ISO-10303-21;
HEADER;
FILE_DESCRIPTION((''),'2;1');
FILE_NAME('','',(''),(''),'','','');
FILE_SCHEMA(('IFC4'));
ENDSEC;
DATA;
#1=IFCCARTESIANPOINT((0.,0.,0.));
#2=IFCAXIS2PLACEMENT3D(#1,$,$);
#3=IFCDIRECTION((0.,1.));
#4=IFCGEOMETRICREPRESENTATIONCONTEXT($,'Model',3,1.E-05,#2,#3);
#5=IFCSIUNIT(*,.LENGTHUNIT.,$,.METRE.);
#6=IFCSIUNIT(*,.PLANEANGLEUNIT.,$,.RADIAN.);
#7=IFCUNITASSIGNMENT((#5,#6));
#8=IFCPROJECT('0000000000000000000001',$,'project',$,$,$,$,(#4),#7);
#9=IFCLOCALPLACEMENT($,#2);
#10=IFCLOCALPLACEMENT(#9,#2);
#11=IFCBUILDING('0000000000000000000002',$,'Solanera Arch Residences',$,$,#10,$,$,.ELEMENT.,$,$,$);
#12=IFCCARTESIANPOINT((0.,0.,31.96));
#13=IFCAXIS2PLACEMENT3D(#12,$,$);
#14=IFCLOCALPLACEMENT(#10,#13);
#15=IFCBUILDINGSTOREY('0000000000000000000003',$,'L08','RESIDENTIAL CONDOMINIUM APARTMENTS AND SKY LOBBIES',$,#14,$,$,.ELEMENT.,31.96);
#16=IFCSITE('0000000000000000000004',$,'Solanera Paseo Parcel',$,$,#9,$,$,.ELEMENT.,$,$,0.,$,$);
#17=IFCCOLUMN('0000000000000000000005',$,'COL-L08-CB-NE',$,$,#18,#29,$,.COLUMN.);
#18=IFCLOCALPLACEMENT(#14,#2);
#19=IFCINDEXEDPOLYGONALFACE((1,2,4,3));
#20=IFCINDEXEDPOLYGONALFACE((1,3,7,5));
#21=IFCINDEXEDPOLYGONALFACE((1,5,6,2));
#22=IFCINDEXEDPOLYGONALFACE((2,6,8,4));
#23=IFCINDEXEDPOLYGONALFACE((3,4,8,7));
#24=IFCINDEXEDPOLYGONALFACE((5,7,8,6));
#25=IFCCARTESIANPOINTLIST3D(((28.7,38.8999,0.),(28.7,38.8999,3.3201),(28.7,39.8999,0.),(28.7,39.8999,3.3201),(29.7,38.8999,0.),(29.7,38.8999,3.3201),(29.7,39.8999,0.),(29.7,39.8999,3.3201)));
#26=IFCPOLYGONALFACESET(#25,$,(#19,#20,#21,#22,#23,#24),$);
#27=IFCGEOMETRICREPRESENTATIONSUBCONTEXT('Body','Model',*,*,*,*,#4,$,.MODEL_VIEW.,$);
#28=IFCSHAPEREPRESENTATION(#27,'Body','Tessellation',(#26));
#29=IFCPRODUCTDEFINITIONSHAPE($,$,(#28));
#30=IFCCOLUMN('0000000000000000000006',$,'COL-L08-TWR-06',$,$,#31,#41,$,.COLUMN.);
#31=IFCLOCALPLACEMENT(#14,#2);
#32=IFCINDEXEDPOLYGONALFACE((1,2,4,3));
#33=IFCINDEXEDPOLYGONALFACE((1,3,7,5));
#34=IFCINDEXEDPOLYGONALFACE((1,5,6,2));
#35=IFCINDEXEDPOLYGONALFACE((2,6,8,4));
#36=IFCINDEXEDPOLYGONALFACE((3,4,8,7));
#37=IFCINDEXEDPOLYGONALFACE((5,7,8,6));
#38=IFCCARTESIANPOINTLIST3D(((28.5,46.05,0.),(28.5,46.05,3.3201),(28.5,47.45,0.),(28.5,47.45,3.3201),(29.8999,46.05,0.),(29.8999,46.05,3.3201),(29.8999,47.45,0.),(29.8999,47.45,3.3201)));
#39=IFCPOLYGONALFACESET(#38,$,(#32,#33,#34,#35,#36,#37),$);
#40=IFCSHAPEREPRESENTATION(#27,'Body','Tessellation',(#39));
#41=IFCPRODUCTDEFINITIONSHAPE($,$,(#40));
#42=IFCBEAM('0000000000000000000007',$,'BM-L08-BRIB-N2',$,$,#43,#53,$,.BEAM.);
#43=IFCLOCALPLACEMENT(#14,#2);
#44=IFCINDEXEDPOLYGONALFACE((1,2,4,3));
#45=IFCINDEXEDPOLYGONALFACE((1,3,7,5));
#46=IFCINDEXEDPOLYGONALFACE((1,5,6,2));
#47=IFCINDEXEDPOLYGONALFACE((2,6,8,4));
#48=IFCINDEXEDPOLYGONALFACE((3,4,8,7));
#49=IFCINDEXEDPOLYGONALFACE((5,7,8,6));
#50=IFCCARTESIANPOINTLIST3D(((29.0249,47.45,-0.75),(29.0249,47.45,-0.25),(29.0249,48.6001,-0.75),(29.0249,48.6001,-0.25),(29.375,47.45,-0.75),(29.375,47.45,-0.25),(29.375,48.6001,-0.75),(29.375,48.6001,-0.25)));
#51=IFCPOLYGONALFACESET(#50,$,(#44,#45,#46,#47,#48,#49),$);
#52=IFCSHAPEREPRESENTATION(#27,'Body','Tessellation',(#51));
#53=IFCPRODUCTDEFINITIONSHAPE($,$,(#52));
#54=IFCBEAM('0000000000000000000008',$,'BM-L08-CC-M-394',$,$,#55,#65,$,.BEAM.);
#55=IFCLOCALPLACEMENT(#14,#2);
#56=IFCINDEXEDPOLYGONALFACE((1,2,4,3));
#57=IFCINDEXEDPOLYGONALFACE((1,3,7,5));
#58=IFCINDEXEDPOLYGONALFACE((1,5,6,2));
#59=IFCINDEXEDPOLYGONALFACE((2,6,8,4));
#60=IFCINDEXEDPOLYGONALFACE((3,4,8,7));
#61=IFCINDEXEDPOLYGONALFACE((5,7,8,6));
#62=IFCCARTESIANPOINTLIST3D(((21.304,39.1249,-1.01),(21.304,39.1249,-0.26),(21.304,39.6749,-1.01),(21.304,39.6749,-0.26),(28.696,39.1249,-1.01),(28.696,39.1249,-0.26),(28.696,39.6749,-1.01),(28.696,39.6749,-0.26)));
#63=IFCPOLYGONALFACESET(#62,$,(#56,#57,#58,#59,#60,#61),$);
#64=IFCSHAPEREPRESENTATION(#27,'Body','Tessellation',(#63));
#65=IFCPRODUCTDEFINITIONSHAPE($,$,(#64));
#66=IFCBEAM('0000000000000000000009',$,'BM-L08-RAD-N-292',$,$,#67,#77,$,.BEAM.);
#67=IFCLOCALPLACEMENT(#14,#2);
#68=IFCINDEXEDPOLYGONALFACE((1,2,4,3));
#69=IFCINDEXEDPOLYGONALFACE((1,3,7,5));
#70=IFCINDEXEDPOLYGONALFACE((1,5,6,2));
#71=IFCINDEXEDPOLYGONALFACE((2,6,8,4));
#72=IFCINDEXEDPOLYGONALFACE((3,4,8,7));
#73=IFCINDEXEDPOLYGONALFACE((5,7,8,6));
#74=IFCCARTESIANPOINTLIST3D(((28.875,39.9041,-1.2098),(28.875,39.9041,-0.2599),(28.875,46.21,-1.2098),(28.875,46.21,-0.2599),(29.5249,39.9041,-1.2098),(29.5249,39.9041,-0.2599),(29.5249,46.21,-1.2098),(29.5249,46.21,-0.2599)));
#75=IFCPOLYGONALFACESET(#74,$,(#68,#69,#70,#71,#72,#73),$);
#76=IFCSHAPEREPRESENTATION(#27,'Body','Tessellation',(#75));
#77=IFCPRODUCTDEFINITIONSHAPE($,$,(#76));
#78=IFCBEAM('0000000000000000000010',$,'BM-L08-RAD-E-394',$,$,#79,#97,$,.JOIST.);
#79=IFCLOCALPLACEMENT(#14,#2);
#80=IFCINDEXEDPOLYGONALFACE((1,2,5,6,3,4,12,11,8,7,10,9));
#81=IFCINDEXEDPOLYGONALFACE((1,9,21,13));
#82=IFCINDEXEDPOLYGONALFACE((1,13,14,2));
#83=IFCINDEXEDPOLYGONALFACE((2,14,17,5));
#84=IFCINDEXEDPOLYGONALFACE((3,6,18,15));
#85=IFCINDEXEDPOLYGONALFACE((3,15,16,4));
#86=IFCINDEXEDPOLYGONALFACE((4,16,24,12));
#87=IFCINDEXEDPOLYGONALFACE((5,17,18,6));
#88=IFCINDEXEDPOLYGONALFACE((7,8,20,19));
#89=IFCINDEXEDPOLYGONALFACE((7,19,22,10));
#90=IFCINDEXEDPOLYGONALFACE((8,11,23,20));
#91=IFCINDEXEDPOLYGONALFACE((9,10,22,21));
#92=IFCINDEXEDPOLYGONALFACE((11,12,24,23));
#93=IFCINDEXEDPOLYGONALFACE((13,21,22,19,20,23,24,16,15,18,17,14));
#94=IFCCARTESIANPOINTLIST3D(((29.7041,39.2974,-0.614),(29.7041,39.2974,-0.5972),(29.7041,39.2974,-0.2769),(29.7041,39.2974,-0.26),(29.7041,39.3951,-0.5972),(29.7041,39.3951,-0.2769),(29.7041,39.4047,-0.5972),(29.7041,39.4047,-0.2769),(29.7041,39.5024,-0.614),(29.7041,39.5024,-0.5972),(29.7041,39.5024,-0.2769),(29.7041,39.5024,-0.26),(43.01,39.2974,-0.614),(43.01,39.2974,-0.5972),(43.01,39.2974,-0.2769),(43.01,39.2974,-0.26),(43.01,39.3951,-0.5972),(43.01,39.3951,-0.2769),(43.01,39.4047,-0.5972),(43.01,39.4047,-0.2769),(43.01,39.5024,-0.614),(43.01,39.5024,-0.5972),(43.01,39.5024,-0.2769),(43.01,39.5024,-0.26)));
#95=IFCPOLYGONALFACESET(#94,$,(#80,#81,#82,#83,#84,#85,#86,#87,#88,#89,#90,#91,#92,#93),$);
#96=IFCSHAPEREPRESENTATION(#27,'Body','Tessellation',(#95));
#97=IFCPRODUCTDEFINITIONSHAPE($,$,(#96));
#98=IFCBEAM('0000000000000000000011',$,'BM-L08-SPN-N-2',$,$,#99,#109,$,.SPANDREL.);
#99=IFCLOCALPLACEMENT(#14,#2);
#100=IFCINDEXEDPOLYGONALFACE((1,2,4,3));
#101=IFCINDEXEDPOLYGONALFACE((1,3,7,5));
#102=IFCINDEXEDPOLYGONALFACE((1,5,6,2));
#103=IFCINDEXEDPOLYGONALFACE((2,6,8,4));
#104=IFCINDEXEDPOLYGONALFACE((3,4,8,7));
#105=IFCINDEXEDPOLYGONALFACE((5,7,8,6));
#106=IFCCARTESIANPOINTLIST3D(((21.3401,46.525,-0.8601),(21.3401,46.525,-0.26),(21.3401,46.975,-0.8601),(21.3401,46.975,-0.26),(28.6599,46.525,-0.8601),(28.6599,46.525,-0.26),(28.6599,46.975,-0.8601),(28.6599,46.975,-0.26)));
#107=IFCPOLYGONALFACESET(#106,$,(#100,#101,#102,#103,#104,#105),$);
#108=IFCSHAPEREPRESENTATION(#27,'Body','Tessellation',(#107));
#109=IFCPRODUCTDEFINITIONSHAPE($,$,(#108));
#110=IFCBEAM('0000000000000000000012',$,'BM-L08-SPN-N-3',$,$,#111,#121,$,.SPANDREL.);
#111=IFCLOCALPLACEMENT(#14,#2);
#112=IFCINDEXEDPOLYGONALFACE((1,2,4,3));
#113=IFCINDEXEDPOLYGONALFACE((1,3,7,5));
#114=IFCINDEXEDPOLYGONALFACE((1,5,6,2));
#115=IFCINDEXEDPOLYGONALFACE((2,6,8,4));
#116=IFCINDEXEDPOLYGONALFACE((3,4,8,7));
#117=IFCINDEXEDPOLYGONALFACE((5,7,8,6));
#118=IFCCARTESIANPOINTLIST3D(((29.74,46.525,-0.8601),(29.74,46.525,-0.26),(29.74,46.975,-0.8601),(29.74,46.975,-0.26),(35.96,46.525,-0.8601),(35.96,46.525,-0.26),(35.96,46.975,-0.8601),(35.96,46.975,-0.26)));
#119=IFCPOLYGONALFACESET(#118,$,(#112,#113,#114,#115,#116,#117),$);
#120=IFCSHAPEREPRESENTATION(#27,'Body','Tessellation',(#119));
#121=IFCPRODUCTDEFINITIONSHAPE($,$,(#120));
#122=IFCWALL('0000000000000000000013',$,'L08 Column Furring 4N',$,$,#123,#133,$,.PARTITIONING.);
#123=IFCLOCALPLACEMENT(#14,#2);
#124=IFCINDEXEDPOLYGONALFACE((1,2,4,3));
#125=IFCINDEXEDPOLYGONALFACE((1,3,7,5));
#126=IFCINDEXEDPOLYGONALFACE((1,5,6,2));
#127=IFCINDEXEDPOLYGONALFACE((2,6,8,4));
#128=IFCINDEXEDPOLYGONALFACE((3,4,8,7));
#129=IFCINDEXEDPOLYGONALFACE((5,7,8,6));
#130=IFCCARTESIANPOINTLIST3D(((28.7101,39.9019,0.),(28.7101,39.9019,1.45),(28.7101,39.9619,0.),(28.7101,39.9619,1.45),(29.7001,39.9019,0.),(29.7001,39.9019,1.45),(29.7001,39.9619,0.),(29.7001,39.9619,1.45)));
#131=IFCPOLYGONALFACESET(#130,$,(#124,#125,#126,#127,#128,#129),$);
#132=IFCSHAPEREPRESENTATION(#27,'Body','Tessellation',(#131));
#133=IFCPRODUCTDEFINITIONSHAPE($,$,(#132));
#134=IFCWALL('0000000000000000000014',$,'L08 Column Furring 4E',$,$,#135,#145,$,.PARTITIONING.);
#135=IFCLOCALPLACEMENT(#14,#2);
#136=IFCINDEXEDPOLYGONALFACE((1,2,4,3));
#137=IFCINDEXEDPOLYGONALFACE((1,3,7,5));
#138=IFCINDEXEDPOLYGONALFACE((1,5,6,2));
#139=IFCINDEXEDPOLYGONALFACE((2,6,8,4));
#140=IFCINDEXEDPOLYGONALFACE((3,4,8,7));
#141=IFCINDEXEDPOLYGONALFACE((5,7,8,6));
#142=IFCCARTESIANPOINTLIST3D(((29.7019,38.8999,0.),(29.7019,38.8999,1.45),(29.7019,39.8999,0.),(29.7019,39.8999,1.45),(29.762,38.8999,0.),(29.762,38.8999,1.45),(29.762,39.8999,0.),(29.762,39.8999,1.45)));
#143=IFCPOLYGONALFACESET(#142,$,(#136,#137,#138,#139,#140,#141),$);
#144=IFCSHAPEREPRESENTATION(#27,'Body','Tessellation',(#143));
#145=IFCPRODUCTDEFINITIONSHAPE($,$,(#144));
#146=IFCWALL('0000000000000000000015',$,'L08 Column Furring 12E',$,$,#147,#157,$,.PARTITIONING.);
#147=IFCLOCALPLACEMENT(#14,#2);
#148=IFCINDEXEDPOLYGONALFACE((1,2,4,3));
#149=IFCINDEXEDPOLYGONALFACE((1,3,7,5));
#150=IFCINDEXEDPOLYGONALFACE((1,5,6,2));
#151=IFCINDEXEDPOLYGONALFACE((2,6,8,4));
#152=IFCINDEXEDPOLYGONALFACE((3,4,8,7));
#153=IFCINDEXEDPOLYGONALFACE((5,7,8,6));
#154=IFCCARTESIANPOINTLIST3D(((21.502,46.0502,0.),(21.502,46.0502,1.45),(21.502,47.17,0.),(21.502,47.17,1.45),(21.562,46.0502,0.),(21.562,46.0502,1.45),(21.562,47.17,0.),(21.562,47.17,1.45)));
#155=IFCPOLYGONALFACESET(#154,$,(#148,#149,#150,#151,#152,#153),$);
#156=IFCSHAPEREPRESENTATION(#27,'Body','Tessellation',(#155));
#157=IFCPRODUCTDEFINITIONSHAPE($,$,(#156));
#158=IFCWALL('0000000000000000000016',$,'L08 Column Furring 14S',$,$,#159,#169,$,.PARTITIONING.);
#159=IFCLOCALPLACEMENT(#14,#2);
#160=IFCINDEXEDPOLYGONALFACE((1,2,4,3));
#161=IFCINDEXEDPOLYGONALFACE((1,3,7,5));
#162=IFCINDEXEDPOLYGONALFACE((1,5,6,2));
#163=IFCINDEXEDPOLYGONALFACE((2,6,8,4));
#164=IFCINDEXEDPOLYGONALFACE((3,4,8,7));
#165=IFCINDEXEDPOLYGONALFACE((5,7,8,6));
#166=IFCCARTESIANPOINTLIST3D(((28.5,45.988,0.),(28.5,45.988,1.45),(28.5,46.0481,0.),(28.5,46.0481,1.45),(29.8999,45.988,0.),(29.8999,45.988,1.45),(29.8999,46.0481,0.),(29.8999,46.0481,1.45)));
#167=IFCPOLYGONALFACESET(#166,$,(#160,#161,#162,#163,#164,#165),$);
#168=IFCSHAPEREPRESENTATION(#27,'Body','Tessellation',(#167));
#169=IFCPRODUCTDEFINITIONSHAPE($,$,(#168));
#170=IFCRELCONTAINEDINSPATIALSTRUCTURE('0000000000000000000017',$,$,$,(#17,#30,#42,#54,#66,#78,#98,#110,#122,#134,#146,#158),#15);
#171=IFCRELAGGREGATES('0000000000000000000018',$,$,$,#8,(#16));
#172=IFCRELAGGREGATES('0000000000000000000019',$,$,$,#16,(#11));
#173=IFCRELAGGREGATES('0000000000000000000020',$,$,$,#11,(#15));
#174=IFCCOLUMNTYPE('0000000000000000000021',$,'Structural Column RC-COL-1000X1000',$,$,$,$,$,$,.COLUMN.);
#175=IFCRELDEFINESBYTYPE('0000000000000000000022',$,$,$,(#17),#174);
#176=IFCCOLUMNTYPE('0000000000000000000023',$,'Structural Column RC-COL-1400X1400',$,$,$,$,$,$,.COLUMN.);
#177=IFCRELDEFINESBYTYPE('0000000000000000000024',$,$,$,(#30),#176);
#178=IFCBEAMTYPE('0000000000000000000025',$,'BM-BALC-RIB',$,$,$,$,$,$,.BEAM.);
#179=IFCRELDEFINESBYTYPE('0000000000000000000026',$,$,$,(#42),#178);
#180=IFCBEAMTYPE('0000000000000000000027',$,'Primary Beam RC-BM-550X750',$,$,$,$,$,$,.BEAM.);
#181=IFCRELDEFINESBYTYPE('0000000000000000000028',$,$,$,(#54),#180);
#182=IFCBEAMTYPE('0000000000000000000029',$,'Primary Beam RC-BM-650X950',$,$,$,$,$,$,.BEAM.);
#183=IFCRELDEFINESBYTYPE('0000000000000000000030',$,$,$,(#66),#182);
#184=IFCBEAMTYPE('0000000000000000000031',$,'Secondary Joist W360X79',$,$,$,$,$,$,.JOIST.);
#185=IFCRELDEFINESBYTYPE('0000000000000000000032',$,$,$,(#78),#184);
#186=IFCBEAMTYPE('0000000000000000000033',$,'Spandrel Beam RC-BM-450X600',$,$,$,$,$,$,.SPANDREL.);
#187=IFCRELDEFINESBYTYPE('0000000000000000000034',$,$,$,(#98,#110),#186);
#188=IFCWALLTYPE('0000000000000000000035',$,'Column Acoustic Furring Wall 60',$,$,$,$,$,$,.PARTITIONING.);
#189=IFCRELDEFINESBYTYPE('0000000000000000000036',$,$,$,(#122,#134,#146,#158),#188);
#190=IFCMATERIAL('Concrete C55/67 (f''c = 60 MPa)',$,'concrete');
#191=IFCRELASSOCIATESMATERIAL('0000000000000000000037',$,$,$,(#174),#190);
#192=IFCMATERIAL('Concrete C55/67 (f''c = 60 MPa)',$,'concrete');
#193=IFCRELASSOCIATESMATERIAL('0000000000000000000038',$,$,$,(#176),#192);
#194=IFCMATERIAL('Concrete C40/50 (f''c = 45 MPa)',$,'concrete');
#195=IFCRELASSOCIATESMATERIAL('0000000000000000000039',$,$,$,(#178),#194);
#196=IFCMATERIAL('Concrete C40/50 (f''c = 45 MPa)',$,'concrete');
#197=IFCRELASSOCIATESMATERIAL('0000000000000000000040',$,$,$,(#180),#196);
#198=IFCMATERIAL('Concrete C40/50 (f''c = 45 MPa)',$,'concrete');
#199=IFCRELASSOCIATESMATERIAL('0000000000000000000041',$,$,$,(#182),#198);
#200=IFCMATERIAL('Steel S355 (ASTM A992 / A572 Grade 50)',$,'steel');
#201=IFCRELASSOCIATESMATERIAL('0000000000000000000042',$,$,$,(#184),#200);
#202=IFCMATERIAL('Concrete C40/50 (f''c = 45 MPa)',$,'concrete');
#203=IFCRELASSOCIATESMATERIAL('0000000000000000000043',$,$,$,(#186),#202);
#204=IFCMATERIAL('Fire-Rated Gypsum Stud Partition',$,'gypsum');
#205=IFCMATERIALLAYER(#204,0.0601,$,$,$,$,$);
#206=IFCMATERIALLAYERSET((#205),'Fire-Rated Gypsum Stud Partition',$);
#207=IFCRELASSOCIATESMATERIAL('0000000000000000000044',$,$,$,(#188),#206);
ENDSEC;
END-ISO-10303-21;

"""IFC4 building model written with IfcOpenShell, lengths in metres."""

from ifc_helpers import new_model, si_unit, direction, frame, frame_2d, origin, origin_2d, place, context, subcontext, project, spatial, rectangle, i_section, extrude, material, layer, layer_set, material_profile, profile_set, type_object, element, save


model = new_model("IFC4")

# Units and contexts
model_context = context("Model", 3, precision=1e-05, world=origin(), true_north=direction((0.0, 1.0)))
body_context = subcontext(model_context, "Body", "Model", "MODEL_VIEW")
ifc_project = project(units=[si_unit("LENGTHUNIT", "METRE"), si_unit("PLANEANGLEUNIT", "RADIAN")], contexts=[model_context])

# Site, building, storey
site_placement = place(None, origin())
site = spatial("IfcSite", under=ifc_project, at=site_placement, Name="Solanera Paseo Parcel", CompositionType="ELEMENT", RefElevation=0.0)
building_placement = place(site_placement, origin())
building = spatial("IfcBuilding", under=site, at=building_placement, Name="Solanera Arch Residences", CompositionType="ELEMENT")
storey_placement = place(building_placement, frame((0.0, 0.0, 31.96)))
storey = spatial("IfcBuildingStorey", under=building, at=storey_placement, Name="L08", Description="RESIDENTIAL CONDOMINIUM APARTMENTS AND SKY LOBBIES", CompositionType="ELEMENT", Elevation=31.96)

# Columns
ifc_material_1 = material(Name="Concrete C55/67 (f'c = 60 MPa)", Category="concrete")
ifc_material_profile_1 = material_profile(ifc_material_1, rectangle(XDim=1.0, YDim=1.0, at=origin_2d()))
ifc_profile_set_1 = profile_set([ifc_material_profile_1], Name="Concrete C55/67 (f'c = 60 MPa)")
column_type_1 = type_object("IfcColumnType", Name="Structural Column RC-COL-1000X1000", PredefinedType="COLUMN", material=ifc_profile_set_1)
column_1_placement = place(storey_placement, frame((29.2, 39.3999, 0.0), z_axis=(0.0, 0.0, 1.0), x_axis=(1.0, 0.0, 0.0)))
element("IfcColumn", 1, at=column_1_placement, inside=storey, type_object=column_type_1, Name="COL-L08-CB-NE", PredefinedType="COLUMN", context=body_context, shape_type="SweptSolid", body=[
    extrude(rectangle(XDim=1.0, YDim=1.0, at=origin_2d()), origin(), (0.0, 0.0, 1.0), 3.3201),
])
ifc_material_2 = material(Name="Concrete C55/67 (f'c = 60 MPa)", Category="concrete")
ifc_material_profile_2 = material_profile(ifc_material_2, rectangle(XDim=1.3999, YDim=1.3999, at=origin_2d()))
ifc_profile_set_2 = profile_set([ifc_material_profile_2], Name="Concrete C55/67 (f'c = 60 MPa)")
column_type_2 = type_object("IfcColumnType", Name="Structural Column RC-COL-1400X1400", PredefinedType="COLUMN", material=ifc_profile_set_2)
column_2_placement = place(storey_placement, frame((29.2, 46.75, 0.0), z_axis=(0.0, 0.0, 1.0), x_axis=(1.0, 0.0, 0.0)))
element("IfcColumn", 2, at=column_2_placement, inside=storey, type_object=column_type_2, Name="COL-L08-TWR-06", PredefinedType="COLUMN", context=body_context, shape_type="SweptSolid", body=[
    extrude(rectangle(XDim=1.3999, YDim=1.3999, at=origin_2d()), origin(), (0.0, 0.0, 1.0), 3.3201),
])

# Beams
ifc_material_3 = material(Name="Concrete C40/50 (f'c = 45 MPa)", Category="concrete")
ifc_material_profile_3 = material_profile(ifc_material_3, rectangle(XDim=0.3501, YDim=0.5, at=origin_2d()))
ifc_profile_set_3 = profile_set([ifc_material_profile_3], Name="Concrete C40/50 (f'c = 45 MPa)")
beam_type_1 = type_object("IfcBeamType", Name="BM-BALC-RIB", PredefinedType="BEAM", material=ifc_profile_set_3)
beam_1_placement = place(storey_placement, frame((29.2, 47.45, -0.5), z_axis=(0.0, 1.0, 0.0), x_axis=(-1.0, 0.0, 0.0)))
element("IfcBeam", 3, at=beam_1_placement, inside=storey, type_object=beam_type_1, Name="BM-L08-BRIB-N2", PredefinedType="BEAM", context=body_context, shape_type="SweptSolid", body=[
    extrude(rectangle(XDim=0.3501, YDim=0.5, at=origin_2d()), origin(), (0.0, 0.0, 1.0), 1.1501),
])
ifc_material_4 = material(Name="Concrete C40/50 (f'c = 45 MPa)", Category="concrete")
ifc_material_profile_4 = material_profile(ifc_material_4, rectangle(XDim=0.55, YDim=0.75, at=origin_2d()))
ifc_profile_set_4 = profile_set([ifc_material_profile_4], Name="Concrete C40/50 (f'c = 45 MPa)")
beam_type_2 = type_object("IfcBeamType", Name="Primary Beam RC-BM-550X750", PredefinedType="BEAM", material=ifc_profile_set_4)
beam_2_placement = place(storey_placement, frame((21.304, 39.3999, -0.635), z_axis=(1.0, 0.0, 0.0), x_axis=(0.0, 1.0, 0.0)))
element("IfcBeam", 4, at=beam_2_placement, inside=storey, type_object=beam_type_2, Name="BM-L08-CC-M-394", PredefinedType="BEAM", context=body_context, shape_type="SweptSolid", body=[
    extrude(rectangle(XDim=0.55, YDim=0.75, at=origin_2d()), origin(), (0.0, 0.0, 1.0), 7.3921),
])
ifc_material_5 = material(Name="Concrete C40/50 (f'c = 45 MPa)", Category="concrete")
ifc_material_profile_5 = material_profile(ifc_material_5, rectangle(XDim=0.6499, YDim=0.95, at=origin_2d()))
ifc_profile_set_5 = profile_set([ifc_material_profile_5], Name="Concrete C40/50 (f'c = 45 MPa)")
beam_type_3 = type_object("IfcBeamType", Name="Primary Beam RC-BM-650X950", PredefinedType="BEAM", material=ifc_profile_set_5)
beam_3_placement = place(storey_placement, frame((29.2, 39.9041, -0.7349), z_axis=(0.0, 1.0, 0.0), x_axis=(-1.0, 0.0, 0.0)))
element("IfcBeam", 5, at=beam_3_placement, inside=storey, type_object=beam_type_3, Name="BM-L08-RAD-N-292", PredefinedType="BEAM", context=body_context, shape_type="SweptSolid", body=[
    extrude(rectangle(XDim=0.6499, YDim=0.95, at=origin_2d()), origin(), (0.0, 0.0, 1.0), 6.3059),
])
ifc_material_6 = material(Name="Steel S355 (ASTM A992 / A572 Grade 50)", Category="steel")
ifc_material_profile_6 = material_profile(ifc_material_6, i_section(OverallWidth=0.2051, OverallDepth=0.354, WebThickness=0.0095, FlangeThickness=0.0168, at=origin_2d()))
ifc_profile_set_6 = profile_set([ifc_material_profile_6], Name="Steel S355 (ASTM A992 / A572 Grade 50)")
beam_type_4 = type_object("IfcBeamType", Name="Secondary Joist W360X79", PredefinedType="JOIST", material=ifc_profile_set_6)
beam_4_placement = place(storey_placement, frame((29.7041, 39.3999, -0.437), z_axis=(1.0, 0.0, 0.0), x_axis=(0.0, 1.0, 0.0)))
element("IfcBeam", 6, at=beam_4_placement, inside=storey, type_object=beam_type_4, Name="BM-L08-RAD-E-394", PredefinedType="JOIST", context=body_context, shape_type="SweptSolid", body=[
    extrude(i_section(OverallWidth=0.2051, OverallDepth=0.354, WebThickness=0.0095, FlangeThickness=0.0168, at=origin_2d()), origin(), (0.0, 0.0, 1.0), 13.3059),
])
ifc_material_7 = material(Name="Concrete C40/50 (f'c = 45 MPa)", Category="concrete")
ifc_material_profile_7 = material_profile(ifc_material_7, rectangle(XDim=0.45, YDim=0.6001, at=origin_2d()))
ifc_profile_set_7 = profile_set([ifc_material_profile_7], Name="Concrete C40/50 (f'c = 45 MPa)")
beam_type_5 = type_object("IfcBeamType", Name="Spandrel Beam RC-BM-450X600", PredefinedType="SPANDREL", material=ifc_profile_set_7)
beam_5_placement = place(storey_placement, frame((21.3401, 46.75, -0.5601), z_axis=(1.0, 0.0, 0.0), x_axis=(0.0, 1.0, 0.0)))
element("IfcBeam", 7, at=beam_5_placement, inside=storey, type_object=beam_type_5, Name="BM-L08-SPN-N-2", PredefinedType="SPANDREL", context=body_context, shape_type="SweptSolid", body=[
    extrude(rectangle(XDim=0.45, YDim=0.6001, at=origin_2d()), origin(), (0.0, 0.0, 1.0), 7.3198),
])
beam_6_placement = place(storey_placement, frame((29.74, 46.75, -0.5601), z_axis=(1.0, 0.0, 0.0), x_axis=(0.0, 1.0, 0.0)))
element("IfcBeam", 8, at=beam_6_placement, inside=storey, type_object=beam_type_5, Name="BM-L08-SPN-N-3", PredefinedType="SPANDREL", context=body_context, shape_type="SweptSolid", body=[
    extrude(rectangle(XDim=0.45, YDim=0.6001, at=origin_2d()), origin(), (0.0, 0.0, 1.0), 6.22),
])

# Walls
ifc_material_8 = material(Name="Fire-Rated Gypsum Stud Partition", Category="gypsum")
ifc_layer_1 = layer(ifc_material_8, 0.0601)
ifc_layer_set_1 = layer_set([ifc_layer_1], Name="Fire-Rated Gypsum Stud Partition")
wall_type_1 = type_object("IfcWallType", Name="Column Acoustic Furring Wall 60", PredefinedType="PARTITIONING", material=ifc_layer_set_1)
wall_1_placement = place(storey_placement, frame((28.71, 39.9319, 0.0), z_axis=(0.0, 0.0, 1.0), x_axis=(1.0, 0.0, 0.0)))
element("IfcWall", 9, at=wall_1_placement, inside=storey, type_object=wall_type_1, Name="L08 Column Furring 4N", PredefinedType="PARTITIONING", context=body_context, shape_type="SweptSolid", body=[
    extrude(rectangle(XDim=0.99, YDim=0.0601, at=frame_2d((0.4951, 0.0))), origin(), (0.0, 0.0, 1.0), 1.45),
])
wall_2_placement = place(storey_placement, frame((29.7319, 38.8999, 0.0), z_axis=(0.0, 0.0, 1.0), x_axis=(0.0, 1.0, 0.0)))
element("IfcWall", 10, at=wall_2_placement, inside=storey, type_object=wall_type_1, Name="L08 Column Furring 4E", PredefinedType="PARTITIONING", context=body_context, shape_type="SweptSolid", body=[
    extrude(rectangle(XDim=1.0, YDim=0.0601, at=frame_2d((0.5, 0.0))), origin(), (0.0, 0.0, 1.0), 1.45),
])
wall_3_placement = place(storey_placement, frame((21.532, 46.05, 0.0), z_axis=(0.0, 0.0, 1.0), x_axis=(0.0, 1.0, 0.0)))
element("IfcWall", 11, at=wall_3_placement, inside=storey, type_object=wall_type_1, Name="L08 Column Furring 12E", PredefinedType="PARTITIONING", context=body_context, shape_type="SweptSolid", body=[
    extrude(rectangle(XDim=1.1199, YDim=0.0601, at=frame_2d((0.5601, 0.0))), origin(), (0.0, 0.0, 1.0), 1.45),
])
wall_4_placement = place(storey_placement, frame((28.5, 46.0181, 0.0), z_axis=(0.0, 0.0, 1.0), x_axis=(1.0, 0.0, 0.0)))
element("IfcWall", 12, at=wall_4_placement, inside=storey, type_object=wall_type_1, Name="L08 Column Furring 14S", PredefinedType="PARTITIONING", context=body_context, shape_type="SweptSolid", body=[
    extrude(rectangle(XDim=1.3999, YDim=0.0601, at=frame_2d((0.7, 0.0))), origin(), (0.0, 0.0, 1.0), 1.45),
])

save(model, "model.ifc")
